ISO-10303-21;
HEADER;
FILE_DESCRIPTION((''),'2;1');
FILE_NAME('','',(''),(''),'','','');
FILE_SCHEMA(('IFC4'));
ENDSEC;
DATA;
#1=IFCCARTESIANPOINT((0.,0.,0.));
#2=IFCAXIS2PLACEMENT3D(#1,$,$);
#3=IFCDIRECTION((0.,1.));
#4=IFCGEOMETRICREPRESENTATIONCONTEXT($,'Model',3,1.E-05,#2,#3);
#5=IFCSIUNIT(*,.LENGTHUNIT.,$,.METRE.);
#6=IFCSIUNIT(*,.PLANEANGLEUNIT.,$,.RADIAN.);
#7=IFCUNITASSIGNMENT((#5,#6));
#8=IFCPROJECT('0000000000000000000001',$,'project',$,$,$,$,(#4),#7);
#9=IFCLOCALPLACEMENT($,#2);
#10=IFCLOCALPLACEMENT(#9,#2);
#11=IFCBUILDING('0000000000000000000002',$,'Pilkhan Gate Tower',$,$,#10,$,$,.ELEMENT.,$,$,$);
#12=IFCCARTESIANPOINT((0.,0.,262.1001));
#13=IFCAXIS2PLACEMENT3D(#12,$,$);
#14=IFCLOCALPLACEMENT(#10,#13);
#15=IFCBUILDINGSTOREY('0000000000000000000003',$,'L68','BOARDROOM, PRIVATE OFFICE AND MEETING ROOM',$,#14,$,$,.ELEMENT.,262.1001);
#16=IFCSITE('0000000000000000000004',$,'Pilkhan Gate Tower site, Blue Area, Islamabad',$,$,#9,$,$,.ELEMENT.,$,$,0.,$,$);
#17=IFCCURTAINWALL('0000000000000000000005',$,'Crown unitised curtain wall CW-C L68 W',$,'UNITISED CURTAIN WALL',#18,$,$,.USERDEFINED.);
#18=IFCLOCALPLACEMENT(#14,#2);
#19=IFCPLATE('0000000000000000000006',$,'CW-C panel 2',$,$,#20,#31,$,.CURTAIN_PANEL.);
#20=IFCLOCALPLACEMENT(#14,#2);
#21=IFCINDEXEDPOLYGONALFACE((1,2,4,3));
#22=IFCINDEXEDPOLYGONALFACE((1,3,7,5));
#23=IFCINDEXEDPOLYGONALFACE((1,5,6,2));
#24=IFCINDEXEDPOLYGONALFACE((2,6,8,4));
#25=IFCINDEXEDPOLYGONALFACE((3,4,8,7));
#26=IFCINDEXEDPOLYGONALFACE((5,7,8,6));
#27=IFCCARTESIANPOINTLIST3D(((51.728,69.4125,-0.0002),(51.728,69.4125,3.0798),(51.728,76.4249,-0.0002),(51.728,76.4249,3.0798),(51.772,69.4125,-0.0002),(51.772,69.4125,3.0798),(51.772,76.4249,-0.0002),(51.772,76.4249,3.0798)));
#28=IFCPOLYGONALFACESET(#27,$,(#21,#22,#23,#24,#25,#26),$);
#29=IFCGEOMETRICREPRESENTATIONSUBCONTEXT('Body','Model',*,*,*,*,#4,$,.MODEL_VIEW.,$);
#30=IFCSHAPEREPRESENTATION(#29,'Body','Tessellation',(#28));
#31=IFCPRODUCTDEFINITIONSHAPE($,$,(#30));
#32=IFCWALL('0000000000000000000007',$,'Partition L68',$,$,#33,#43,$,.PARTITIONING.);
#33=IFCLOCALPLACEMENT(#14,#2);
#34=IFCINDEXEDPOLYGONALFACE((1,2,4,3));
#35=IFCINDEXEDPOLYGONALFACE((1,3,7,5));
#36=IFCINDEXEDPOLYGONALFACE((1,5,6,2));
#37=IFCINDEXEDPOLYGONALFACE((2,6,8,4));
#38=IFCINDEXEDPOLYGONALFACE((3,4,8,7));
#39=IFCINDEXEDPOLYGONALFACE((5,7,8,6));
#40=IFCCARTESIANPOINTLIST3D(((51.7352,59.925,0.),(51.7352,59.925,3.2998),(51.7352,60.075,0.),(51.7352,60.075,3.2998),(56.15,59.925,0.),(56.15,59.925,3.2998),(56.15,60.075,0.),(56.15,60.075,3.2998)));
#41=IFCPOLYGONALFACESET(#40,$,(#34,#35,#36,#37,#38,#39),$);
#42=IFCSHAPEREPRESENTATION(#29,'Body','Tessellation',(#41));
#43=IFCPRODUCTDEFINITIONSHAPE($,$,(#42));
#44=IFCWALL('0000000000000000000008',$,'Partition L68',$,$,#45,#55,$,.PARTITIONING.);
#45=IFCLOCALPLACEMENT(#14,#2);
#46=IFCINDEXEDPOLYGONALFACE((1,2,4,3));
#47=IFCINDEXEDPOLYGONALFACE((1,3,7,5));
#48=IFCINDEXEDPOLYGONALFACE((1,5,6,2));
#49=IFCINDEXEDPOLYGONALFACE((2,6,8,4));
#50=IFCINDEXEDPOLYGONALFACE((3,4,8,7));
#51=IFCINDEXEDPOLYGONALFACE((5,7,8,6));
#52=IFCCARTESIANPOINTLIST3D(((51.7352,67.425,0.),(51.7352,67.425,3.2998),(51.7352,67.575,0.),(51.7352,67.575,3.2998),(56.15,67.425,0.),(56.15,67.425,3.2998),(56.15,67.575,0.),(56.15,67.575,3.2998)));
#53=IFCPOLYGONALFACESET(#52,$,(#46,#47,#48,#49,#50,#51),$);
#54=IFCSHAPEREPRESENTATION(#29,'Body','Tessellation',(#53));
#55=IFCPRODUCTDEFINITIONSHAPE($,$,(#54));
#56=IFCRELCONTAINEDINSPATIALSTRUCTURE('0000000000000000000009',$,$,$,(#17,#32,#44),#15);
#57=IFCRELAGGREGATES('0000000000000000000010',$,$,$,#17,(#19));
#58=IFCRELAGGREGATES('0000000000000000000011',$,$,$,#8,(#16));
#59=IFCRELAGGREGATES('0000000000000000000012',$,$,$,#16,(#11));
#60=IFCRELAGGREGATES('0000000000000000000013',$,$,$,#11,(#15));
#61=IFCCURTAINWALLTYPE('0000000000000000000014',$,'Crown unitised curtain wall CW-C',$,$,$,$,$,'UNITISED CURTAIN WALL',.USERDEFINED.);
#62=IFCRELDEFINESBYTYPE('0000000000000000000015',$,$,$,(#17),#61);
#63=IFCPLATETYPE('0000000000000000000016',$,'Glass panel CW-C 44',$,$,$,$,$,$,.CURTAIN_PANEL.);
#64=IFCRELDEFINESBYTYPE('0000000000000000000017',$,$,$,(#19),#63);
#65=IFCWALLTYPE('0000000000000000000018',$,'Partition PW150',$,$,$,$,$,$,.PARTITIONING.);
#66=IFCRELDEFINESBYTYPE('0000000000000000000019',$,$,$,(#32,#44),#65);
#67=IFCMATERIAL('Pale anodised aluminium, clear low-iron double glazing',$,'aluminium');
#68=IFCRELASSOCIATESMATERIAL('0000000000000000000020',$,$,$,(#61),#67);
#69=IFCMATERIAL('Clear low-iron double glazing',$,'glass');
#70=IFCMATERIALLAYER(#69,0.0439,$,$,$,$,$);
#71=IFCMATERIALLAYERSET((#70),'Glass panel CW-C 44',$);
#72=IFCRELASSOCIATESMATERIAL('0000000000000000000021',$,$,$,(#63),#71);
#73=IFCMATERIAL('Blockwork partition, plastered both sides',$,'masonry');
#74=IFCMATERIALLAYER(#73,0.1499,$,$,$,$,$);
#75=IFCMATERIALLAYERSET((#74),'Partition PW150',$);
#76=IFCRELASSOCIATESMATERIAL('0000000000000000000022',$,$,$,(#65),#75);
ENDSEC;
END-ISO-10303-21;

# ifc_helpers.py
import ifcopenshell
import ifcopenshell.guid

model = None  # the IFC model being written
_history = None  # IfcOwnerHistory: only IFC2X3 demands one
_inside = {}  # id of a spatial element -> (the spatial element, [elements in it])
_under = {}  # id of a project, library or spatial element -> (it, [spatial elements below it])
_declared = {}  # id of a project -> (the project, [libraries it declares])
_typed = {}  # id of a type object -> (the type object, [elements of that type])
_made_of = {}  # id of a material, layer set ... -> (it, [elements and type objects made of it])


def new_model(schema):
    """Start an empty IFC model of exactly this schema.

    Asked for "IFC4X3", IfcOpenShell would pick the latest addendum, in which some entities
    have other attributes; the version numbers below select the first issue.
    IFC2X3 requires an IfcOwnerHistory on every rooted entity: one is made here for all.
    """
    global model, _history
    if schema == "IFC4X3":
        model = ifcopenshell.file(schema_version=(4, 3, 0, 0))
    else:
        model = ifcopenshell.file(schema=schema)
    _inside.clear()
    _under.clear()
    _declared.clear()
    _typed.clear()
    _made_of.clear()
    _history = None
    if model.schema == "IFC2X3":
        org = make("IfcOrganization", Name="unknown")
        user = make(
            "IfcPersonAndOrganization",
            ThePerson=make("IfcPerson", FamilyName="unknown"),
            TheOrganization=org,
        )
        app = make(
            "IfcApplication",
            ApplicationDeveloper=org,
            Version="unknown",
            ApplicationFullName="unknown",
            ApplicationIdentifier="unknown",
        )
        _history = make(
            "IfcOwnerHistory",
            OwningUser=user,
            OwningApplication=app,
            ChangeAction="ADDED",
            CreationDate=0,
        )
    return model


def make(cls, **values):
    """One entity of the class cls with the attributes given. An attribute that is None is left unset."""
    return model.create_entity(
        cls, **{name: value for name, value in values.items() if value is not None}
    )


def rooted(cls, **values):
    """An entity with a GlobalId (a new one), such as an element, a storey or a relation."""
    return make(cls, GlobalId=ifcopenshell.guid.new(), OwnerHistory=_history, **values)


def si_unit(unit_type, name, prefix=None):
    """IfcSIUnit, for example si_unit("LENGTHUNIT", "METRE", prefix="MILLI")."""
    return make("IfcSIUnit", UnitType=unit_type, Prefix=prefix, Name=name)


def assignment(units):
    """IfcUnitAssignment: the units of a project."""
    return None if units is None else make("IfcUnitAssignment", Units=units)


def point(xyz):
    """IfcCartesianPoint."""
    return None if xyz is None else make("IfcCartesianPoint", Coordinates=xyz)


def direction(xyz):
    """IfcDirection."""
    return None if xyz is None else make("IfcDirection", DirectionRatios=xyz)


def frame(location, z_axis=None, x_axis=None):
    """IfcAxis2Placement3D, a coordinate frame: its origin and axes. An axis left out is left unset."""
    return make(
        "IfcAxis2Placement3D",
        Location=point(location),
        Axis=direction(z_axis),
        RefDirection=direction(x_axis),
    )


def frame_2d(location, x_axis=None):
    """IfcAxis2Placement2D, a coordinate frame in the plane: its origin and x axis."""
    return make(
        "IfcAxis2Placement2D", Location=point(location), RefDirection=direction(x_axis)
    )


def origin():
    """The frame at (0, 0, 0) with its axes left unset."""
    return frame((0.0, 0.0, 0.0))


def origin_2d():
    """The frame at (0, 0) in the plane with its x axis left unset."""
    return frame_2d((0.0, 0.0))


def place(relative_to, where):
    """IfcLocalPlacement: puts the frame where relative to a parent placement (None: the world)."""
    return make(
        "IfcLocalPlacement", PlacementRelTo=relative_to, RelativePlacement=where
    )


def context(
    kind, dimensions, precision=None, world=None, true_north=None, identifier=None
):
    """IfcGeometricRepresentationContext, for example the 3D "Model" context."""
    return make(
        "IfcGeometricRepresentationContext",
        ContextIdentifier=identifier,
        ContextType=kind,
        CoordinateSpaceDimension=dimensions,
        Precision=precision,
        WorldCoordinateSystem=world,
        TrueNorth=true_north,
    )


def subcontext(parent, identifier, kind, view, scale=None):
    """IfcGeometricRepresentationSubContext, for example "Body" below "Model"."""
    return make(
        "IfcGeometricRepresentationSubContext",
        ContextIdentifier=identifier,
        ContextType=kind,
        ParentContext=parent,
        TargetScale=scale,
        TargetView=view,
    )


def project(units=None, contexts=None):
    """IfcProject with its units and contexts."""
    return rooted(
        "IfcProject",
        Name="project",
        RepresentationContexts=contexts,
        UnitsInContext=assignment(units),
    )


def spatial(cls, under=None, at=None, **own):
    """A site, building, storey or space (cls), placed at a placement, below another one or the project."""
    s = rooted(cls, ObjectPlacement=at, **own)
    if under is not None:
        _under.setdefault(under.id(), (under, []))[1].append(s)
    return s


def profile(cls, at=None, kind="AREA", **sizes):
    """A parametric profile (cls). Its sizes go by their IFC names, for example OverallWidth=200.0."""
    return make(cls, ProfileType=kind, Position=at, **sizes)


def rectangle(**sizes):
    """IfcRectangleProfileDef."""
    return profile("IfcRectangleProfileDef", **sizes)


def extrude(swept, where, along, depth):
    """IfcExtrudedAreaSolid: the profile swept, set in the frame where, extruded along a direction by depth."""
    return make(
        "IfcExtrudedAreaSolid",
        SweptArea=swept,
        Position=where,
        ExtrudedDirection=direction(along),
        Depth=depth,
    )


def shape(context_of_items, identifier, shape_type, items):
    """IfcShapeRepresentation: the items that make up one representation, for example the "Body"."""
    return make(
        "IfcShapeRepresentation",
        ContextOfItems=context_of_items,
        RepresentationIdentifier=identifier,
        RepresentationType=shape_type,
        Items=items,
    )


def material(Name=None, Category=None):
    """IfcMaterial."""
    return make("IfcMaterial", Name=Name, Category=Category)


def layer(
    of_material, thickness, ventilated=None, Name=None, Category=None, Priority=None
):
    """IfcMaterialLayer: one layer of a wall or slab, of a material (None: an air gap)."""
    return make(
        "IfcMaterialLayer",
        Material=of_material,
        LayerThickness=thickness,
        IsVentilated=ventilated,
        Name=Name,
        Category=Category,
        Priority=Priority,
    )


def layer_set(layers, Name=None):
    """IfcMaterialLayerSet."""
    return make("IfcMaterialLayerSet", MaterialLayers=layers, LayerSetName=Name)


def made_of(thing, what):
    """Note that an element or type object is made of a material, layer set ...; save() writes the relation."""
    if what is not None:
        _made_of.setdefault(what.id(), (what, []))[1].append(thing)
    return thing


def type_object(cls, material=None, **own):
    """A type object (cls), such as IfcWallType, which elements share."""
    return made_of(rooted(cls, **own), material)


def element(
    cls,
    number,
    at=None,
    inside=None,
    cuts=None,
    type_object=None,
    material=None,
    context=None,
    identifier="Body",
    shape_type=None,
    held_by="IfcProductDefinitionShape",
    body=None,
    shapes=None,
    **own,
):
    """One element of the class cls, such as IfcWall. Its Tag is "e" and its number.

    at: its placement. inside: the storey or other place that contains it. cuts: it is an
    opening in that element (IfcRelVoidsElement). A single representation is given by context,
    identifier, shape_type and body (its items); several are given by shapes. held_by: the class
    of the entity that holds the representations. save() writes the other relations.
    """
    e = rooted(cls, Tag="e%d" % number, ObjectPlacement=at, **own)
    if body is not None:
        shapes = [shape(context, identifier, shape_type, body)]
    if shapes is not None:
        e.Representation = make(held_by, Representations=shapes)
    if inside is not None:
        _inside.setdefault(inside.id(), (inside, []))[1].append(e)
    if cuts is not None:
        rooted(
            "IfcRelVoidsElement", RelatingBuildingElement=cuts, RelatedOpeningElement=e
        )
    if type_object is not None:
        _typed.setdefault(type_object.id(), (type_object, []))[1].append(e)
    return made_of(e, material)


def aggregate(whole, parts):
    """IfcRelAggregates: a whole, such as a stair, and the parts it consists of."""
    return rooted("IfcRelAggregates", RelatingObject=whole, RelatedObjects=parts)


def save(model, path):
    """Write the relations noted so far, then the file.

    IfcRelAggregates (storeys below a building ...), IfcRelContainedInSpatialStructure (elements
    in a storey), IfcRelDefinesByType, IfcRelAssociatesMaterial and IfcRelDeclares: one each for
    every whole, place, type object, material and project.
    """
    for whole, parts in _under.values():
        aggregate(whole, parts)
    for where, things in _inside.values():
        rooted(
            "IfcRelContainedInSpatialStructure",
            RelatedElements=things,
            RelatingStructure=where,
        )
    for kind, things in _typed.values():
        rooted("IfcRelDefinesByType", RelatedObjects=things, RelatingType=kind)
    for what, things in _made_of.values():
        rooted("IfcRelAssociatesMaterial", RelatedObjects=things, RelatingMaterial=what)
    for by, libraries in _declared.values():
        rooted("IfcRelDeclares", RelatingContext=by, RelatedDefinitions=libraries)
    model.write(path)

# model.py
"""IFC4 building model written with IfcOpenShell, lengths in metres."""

from ifc_helpers import new_model, si_unit, direction, frame, frame_2d, origin, origin_2d, place, context, subcontext, project, spatial, rectangle, extrude, material, layer, layer_set, type_object, element, aggregate, save


model = new_model("IFC4")

# Units and contexts
model_context = context("Model", 3, precision=1e-05, world=origin(), true_north=direction((0.0, 1.0)))
body_context = subcontext(model_context, "Body", "Model", "MODEL_VIEW")
ifc_project = project(units=[si_unit("LENGTHUNIT", "METRE"), si_unit("PLANEANGLEUNIT", "RADIAN")], contexts=[model_context])

# Site, building, storey
site_placement = place(None, origin())
site = spatial("IfcSite", under=ifc_project, at=site_placement, Name="Pilkhan Gate Tower site, Blue Area, Islamabad", CompositionType="ELEMENT", RefElevation=0.0)
building_placement = place(site_placement, origin())
building = spatial("IfcBuilding", under=site, at=building_placement, Name="Pilkhan Gate Tower", CompositionType="ELEMENT")
storey_placement = place(building_placement, frame((0.0, 0.0, 262.1001)))
storey = spatial("IfcBuildingStorey", under=building, at=storey_placement, Name="L68", Description="BOARDROOM, PRIVATE OFFICE AND MEETING ROOM", CompositionType="ELEMENT", Elevation=262.1001)

# Curtain wall
ifc_material_1 = material(Name="Pale anodised aluminium, clear low-iron double glazing", Category="aluminium")
curtain_wall_type = type_object("IfcCurtainWallType", Name="Crown unitised curtain wall CW-C", ElementType="UNITISED CURTAIN WALL", PredefinedType="USERDEFINED", material=ifc_material_1)
curtain_wall_1_placement = place(storey_placement, origin())
curtain_wall_1 = element("IfcCurtainWall", 1, at=curtain_wall_1_placement, inside=storey, type_object=curtain_wall_type, Name="Crown unitised curtain wall CW-C L68 W", ObjectType="UNITISED CURTAIN WALL", PredefinedType="USERDEFINED")

# Plate
ifc_material_2 = material(Name="Clear low-iron double glazing", Category="glass")
ifc_layer_1 = layer(ifc_material_2, 0.0439)
ifc_layer_set_1 = layer_set([ifc_layer_1], Name="Glass panel CW-C 44")
plate_type = type_object("IfcPlateType", Name="Glass panel CW-C 44", PredefinedType="CURTAIN_PANEL", material=ifc_layer_set_1)
plate_1_placement = place(storey_placement, frame((51.75, 72.9187, -0.0002), z_axis=(0.0, 0.0, 1.0), x_axis=(0.0, 1.0, 0.0)))
plate_1 = element("IfcPlate", 2, at=plate_1_placement, type_object=plate_type, Name="CW-C panel 2", PredefinedType="CURTAIN_PANEL", context=body_context, shape_type="SweptSolid", body=[
    extrude(rectangle(XDim=7.0125, YDim=0.0439, at=origin_2d()), origin(), (0.0, 0.0, 1.0), 3.0801),
])
aggregate(curtain_wall_1, [plate_1])

# Walls
ifc_material_3 = material(Name="Blockwork partition, plastered both sides", Category="masonry")
ifc_layer_2 = layer(ifc_material_3, 0.1499)
ifc_layer_set_2 = layer_set([ifc_layer_2], Name="Partition PW150")
wall_type = type_object("IfcWallType", Name="Partition PW150", PredefinedType="PARTITIONING", material=ifc_layer_set_2)
for number, where, z_axis, x_axis, name in (
    (3, (51.7351, 60.0, 0.0), (0.0, 0.0, 1.0), (1.0, 0.0, 0.0), "Partition L68"),
    (4, (51.7351, 67.5, 0.0), (0.0, 0.0, 1.0), (1.0, 0.0, 0.0), "Partition L68"),
):
    element("IfcWall", number, at=place(storey_placement, frame(where, z_axis=z_axis, x_axis=x_axis)), inside=storey, type_object=wall_type, Name=name, PredefinedType="PARTITIONING", context=body_context, shape_type="SweptSolid", body=[
        extrude(rectangle(XDim=4.4148, YDim=0.1499, at=frame_2d((2.2075, 0.0))), origin(), (0.0, 0.0, 1.0), 3.2998),
    ])

save(model, "model.ifc")
